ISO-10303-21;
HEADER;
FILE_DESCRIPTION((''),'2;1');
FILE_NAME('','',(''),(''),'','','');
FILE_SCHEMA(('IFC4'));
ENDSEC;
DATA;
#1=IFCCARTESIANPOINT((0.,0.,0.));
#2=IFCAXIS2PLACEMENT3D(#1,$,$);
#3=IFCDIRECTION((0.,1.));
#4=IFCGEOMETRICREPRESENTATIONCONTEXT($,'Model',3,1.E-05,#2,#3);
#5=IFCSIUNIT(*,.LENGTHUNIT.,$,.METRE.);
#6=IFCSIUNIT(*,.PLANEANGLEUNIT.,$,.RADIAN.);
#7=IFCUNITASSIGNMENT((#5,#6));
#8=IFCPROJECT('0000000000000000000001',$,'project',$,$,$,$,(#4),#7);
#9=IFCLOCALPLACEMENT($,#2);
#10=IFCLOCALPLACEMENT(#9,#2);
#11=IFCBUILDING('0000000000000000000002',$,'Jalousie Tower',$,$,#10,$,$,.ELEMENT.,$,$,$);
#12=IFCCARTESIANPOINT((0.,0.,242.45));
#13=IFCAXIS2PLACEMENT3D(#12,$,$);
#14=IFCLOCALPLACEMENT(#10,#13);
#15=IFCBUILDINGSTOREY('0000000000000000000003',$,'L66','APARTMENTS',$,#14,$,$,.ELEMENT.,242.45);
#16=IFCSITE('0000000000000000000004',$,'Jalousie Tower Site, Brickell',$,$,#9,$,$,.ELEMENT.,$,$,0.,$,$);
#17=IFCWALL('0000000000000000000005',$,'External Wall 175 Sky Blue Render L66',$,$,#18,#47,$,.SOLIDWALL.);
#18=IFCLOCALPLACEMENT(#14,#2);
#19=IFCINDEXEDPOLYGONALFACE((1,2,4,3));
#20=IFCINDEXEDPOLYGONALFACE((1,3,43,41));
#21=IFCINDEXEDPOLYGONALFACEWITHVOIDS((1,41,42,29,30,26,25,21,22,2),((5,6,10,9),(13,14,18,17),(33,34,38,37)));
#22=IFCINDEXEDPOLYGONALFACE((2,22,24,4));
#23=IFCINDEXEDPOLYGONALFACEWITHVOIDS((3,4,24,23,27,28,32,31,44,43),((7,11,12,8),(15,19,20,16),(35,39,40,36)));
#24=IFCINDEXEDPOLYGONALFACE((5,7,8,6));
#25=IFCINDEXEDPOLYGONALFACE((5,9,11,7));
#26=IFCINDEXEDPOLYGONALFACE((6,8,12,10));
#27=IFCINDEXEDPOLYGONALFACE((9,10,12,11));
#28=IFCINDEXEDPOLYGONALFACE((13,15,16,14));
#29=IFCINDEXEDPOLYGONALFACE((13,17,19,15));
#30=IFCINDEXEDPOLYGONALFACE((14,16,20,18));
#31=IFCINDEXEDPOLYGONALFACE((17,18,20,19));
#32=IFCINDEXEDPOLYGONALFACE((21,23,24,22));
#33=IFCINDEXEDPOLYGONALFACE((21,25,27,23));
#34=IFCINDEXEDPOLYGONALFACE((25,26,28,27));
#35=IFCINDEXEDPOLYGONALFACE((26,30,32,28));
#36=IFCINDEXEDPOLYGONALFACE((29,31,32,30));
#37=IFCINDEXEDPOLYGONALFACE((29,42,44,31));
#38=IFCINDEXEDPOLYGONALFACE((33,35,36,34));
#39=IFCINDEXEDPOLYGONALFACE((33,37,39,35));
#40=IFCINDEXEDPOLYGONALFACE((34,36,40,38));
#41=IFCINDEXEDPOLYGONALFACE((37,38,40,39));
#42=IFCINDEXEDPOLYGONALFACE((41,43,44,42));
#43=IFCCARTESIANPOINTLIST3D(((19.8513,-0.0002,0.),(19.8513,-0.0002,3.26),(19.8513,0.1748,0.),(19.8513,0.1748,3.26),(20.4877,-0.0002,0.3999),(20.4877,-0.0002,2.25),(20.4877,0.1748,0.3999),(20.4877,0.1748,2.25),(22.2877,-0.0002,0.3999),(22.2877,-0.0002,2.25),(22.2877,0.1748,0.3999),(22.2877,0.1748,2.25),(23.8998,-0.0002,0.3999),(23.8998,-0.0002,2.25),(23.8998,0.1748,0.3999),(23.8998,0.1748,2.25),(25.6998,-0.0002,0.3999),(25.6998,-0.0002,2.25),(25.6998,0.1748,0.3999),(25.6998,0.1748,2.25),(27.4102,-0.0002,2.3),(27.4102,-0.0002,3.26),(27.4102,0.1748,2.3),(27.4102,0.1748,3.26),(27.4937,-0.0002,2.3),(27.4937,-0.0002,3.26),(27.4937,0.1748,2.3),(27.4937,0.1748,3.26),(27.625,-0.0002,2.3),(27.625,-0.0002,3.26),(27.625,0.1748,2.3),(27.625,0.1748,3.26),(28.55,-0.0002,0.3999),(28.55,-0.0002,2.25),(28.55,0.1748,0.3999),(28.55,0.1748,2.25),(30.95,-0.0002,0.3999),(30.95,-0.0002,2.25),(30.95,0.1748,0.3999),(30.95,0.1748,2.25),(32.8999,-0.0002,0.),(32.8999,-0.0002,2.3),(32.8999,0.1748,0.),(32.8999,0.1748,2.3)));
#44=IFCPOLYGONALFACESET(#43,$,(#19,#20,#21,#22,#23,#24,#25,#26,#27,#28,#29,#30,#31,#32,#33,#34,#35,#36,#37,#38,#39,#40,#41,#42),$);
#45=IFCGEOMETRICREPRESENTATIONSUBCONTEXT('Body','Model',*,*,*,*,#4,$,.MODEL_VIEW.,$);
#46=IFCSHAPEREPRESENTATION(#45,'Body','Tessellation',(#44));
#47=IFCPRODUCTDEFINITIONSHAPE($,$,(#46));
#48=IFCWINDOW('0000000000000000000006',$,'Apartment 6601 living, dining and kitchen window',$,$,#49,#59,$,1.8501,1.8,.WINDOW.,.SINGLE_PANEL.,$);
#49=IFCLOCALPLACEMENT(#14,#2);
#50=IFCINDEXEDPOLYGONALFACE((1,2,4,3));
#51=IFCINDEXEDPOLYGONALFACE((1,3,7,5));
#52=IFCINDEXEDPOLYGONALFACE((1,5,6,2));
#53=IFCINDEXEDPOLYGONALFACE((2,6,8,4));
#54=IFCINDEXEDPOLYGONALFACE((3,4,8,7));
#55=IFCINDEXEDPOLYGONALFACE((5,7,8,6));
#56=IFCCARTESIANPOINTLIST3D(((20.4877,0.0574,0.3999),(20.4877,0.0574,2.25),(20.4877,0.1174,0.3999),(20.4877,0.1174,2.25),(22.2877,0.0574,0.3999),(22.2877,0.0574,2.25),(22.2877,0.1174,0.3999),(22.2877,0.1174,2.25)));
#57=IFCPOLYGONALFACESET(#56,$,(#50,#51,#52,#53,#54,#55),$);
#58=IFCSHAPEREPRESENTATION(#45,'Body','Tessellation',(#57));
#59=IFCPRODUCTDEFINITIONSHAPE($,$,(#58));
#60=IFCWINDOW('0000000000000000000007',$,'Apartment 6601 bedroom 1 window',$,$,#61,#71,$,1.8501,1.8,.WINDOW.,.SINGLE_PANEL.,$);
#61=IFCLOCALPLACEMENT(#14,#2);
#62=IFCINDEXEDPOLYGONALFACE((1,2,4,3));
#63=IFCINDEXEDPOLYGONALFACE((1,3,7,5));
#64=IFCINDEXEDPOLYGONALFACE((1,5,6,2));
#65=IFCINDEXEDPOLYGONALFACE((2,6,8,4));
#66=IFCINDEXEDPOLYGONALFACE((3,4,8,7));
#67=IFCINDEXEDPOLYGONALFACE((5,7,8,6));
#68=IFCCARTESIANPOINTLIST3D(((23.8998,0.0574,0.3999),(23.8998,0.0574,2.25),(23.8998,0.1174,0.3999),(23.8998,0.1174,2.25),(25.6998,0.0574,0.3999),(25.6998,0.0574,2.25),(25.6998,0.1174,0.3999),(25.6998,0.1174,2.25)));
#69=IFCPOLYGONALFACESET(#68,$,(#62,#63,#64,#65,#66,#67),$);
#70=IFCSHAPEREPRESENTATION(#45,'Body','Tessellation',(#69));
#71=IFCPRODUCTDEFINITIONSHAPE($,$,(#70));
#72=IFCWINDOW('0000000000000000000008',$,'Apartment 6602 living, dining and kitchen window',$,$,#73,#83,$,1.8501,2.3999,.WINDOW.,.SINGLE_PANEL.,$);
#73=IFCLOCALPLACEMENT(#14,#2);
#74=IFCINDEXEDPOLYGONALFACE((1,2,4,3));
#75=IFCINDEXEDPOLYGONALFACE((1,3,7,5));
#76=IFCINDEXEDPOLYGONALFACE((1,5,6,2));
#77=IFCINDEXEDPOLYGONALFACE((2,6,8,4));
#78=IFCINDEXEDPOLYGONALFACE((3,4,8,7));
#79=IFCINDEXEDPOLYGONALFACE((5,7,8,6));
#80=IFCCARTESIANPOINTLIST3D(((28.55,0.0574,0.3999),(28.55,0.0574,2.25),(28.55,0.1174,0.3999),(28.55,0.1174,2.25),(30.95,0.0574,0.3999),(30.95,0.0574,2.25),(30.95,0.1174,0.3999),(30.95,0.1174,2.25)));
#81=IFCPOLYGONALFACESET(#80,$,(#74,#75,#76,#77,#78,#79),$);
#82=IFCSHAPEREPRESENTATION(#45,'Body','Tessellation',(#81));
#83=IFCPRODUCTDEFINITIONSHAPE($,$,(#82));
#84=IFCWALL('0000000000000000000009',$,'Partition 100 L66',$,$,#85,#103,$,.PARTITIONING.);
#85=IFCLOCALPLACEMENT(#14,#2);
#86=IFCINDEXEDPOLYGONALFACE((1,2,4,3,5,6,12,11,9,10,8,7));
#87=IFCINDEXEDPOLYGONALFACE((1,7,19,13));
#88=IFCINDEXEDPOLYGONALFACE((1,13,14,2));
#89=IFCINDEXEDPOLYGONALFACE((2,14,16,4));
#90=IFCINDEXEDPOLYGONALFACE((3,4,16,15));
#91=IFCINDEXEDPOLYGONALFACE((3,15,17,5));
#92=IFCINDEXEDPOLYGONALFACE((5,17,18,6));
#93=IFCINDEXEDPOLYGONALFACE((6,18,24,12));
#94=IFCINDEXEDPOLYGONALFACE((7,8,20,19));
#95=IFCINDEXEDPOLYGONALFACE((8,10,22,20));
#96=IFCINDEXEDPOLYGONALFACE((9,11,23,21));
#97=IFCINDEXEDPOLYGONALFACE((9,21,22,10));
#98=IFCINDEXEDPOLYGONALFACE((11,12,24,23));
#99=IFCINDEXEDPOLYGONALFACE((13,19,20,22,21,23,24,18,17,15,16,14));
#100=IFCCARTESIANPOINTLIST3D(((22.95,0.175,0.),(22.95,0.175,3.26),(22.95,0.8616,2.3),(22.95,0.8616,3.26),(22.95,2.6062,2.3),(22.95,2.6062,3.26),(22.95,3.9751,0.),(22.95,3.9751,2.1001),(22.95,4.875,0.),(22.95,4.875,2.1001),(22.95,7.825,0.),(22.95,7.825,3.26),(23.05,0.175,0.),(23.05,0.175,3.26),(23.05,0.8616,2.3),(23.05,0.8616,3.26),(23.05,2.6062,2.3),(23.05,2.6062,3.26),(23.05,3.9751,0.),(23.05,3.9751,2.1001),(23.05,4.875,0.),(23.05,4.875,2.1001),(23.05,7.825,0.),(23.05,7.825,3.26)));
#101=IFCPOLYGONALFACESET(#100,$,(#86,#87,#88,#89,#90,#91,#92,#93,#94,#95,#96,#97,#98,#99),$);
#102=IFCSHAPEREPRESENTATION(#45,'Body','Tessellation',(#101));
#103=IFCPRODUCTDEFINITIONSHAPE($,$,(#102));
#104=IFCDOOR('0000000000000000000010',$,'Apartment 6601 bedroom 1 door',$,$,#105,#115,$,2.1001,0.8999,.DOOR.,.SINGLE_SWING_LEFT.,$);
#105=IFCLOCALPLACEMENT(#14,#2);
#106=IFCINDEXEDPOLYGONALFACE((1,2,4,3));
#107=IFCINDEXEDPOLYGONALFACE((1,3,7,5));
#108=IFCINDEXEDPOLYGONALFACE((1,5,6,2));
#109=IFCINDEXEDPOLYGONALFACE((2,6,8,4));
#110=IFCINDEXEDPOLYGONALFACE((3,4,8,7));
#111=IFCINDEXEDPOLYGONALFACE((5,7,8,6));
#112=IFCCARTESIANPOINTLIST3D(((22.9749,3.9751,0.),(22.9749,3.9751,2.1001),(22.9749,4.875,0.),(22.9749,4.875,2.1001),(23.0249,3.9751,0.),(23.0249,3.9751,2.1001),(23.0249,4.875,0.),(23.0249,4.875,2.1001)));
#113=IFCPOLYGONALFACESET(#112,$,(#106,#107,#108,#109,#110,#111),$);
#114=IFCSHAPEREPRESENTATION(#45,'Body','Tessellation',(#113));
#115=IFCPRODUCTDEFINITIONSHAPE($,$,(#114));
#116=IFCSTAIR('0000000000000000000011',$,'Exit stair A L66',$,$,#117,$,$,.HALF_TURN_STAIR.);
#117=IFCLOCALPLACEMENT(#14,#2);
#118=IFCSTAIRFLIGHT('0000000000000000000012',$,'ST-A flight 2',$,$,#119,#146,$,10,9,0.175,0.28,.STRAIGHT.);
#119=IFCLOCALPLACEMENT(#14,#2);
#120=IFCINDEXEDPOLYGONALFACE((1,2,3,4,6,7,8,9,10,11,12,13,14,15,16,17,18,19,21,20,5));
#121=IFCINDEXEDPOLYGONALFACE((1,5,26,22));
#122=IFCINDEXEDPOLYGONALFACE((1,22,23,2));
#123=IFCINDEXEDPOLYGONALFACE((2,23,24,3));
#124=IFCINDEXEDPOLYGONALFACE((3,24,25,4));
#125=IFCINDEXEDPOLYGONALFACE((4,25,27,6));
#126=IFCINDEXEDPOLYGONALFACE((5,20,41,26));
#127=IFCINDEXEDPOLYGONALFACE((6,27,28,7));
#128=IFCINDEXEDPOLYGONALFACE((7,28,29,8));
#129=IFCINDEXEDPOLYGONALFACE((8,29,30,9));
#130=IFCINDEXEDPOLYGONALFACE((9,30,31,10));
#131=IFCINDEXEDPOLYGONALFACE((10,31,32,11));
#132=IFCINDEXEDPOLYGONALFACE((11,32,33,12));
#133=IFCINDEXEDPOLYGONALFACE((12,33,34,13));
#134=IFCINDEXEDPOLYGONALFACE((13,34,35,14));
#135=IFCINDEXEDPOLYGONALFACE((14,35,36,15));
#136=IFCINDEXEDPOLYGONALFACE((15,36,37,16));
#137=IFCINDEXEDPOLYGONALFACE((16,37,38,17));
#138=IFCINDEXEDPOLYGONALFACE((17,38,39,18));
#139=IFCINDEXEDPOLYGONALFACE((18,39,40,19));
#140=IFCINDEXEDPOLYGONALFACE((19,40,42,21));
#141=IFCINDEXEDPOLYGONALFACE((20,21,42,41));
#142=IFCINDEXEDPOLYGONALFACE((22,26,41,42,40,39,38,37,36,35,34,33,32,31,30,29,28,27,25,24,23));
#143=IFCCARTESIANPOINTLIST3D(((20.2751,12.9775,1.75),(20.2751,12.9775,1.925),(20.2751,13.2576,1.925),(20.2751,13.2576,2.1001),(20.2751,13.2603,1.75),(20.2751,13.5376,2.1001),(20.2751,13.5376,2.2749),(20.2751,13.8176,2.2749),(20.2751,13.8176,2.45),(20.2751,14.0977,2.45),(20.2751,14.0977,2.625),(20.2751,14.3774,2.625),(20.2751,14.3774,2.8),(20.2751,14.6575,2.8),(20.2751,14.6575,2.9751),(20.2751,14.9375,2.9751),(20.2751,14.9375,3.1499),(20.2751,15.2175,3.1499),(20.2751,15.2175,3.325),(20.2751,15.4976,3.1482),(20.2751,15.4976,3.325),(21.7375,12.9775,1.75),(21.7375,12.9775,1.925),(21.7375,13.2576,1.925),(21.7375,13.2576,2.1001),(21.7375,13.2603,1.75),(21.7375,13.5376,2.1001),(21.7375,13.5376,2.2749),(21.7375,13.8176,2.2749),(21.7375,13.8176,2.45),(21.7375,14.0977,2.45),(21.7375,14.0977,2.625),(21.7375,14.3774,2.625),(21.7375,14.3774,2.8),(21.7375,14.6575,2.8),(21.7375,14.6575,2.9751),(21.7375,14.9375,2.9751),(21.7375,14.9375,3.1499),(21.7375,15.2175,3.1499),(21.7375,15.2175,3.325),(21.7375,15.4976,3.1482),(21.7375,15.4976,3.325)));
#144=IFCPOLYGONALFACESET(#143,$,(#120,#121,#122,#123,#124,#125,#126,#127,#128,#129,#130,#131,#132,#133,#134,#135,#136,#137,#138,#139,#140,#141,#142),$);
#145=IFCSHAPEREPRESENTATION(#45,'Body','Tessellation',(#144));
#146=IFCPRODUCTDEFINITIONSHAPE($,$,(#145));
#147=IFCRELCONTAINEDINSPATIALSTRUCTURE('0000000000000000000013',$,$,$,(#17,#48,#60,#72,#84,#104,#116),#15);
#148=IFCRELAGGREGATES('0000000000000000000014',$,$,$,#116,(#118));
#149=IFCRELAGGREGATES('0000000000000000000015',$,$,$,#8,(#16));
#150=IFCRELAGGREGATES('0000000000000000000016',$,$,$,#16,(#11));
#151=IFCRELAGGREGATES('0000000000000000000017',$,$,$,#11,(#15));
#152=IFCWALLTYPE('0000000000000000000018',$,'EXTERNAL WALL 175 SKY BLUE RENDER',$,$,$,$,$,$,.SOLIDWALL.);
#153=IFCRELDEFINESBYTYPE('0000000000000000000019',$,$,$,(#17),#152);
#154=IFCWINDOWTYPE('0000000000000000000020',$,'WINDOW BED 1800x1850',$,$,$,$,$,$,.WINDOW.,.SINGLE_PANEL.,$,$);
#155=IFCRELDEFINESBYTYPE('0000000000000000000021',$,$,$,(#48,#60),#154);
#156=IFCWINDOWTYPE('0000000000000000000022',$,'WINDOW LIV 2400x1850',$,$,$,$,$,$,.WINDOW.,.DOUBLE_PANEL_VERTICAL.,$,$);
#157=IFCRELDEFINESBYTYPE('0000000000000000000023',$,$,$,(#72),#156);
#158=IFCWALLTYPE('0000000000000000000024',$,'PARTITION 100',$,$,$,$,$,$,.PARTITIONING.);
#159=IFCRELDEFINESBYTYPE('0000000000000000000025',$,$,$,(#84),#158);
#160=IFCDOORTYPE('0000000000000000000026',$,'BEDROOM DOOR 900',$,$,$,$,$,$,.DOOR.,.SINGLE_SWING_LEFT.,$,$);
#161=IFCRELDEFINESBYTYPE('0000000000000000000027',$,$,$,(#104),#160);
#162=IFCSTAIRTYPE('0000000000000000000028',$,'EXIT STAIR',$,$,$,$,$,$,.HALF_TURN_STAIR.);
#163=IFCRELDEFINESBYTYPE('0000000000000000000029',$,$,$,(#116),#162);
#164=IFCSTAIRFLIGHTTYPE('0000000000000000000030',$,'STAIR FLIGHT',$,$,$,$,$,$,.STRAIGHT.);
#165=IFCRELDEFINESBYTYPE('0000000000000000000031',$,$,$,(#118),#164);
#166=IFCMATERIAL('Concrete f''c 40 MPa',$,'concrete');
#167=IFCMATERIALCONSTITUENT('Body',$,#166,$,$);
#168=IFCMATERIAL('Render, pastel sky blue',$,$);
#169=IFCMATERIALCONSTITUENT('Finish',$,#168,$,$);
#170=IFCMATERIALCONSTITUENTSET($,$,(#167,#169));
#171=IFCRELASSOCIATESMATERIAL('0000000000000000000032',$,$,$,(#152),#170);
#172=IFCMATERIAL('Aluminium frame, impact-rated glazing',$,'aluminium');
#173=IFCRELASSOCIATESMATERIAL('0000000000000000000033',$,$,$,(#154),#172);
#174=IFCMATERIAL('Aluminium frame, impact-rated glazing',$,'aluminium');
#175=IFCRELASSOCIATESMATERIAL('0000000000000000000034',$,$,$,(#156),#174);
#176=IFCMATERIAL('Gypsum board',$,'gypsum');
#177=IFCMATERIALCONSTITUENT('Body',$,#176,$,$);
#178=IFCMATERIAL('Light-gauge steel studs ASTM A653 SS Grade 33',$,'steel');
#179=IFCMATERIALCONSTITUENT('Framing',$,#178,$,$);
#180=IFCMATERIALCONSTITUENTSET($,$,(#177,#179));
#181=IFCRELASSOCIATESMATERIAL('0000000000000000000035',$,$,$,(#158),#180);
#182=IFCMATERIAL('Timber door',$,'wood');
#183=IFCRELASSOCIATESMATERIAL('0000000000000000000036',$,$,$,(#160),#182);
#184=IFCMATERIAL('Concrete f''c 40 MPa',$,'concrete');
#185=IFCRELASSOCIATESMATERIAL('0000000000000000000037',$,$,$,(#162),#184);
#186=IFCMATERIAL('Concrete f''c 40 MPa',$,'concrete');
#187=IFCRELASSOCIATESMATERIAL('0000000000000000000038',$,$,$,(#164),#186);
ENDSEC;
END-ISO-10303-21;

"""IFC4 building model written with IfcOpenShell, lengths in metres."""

from ifc_helpers import new_model, si_unit, direction, frame, frame_2d, origin, place, context, subcontext, project, spatial, polyline, rectangle, outline, extrude, material, constituent, constituent_set, type_object, element, fill, aggregate, save


model = new_model("IFC4")

# Units and contexts
model_context = context("Model", 3, precision=1e-05, world=origin(), true_north=direction((0.0, 1.0)))
body_context = subcontext(model_context, "Body", "Model", "MODEL_VIEW")
ifc_project = project(units=[si_unit("LENGTHUNIT", "METRE"), si_unit("PLANEANGLEUNIT", "RADIAN")], contexts=[model_context])

# Site, building, storey
site_placement = place(None, origin())
site = spatial("IfcSite", under=ifc_project, at=site_placement, Name="Jalousie Tower Site, Brickell", CompositionType="ELEMENT", RefElevation=0.0)
building_placement = place(site_placement, origin())
building = spatial("IfcBuilding", under=site, at=building_placement, Name="Jalousie Tower", CompositionType="ELEMENT")
storey_placement = place(building_placement, frame((0.0, 0.0, 242.45)))
storey = spatial("IfcBuildingStorey", under=building, at=storey_placement, Name="L66", Description="APARTMENTS", CompositionType="ELEMENT", Elevation=242.45)

# Wall, openings, windows
ifc_material_1 = material(Name="Concrete f'c 40 MPa", Category="concrete")
ifc_constituent_1 = constituent(ifc_material_1, Name="Body")
ifc_material_2 = material(Name="Render, pastel sky blue")
ifc_constituent_2 = constituent(ifc_material_2, Name="Finish")
ifc_constituent_set_1 = constituent_set(constituents=[ifc_constituent_1, ifc_constituent_2])
wall_type_1 = type_object("IfcWallType", Name="EXTERNAL WALL 175 SKY BLUE RENDER", PredefinedType="SOLIDWALL", material=ifc_constituent_set_1)
wall_1_placement = place(storey_placement, frame((19.8513, 0.0874, 0.0), z_axis=(0.0, 0.0, 1.0), x_axis=(1.0, 0.0, 0.0)))
wall_1 = element("IfcWall", 1, at=wall_1_placement, inside=storey, type_object=wall_type_1, Name="External Wall 175 Sky Blue Render L66", PredefinedType="SOLIDWALL", context=body_context, shape_type="SweptSolid", body=[
    extrude(outline(polyline([(0.0, 0.0), (13.0486, 0.0), (13.0486, 2.3), (7.7737, 2.3), (7.7737, 3.26), (7.6423, 3.26), (7.6423, 2.3), (7.5588, 2.3), (7.5588, 3.26), (0.0, 3.26), (0.0, 0.0)])), frame((0.0, 0.0874, 0.0), z_axis=(0.0, -1.0, 0.0), x_axis=(1.0, 0.0, 0.0)), (0.0, 0.0, 1.0), 0.175),
])
opening_1_placement = place(wall_1_placement, frame((0.6365, 0.0, 0.3999)))
opening_1 = element("IfcOpeningElement", 2, at=opening_1_placement, cuts=wall_1, PredefinedType="OPENING", context=body_context, shape_type="SweptSolid", body=[
    extrude(rectangle(XDim=1.8, YDim=1.8501, at=frame_2d((0.8999, 0.925))), frame((0.0, 0.0974, 0.0), z_axis=(0.0, -1.0, 0.0), x_axis=(1.0, 0.0, 0.0)), (0.0, 0.0, 1.0), 0.1951),
])
opening_2_placement = place(wall_1_placement, frame((4.0486, 0.0, 0.3999)))
opening_2 = element("IfcOpeningElement", 3, at=opening_2_placement, cuts=wall_1, PredefinedType="OPENING", context=body_context, shape_type="SweptSolid", body=[
    extrude(rectangle(XDim=1.8, YDim=1.8501, at=frame_2d((0.8999, 0.925))), frame((0.0, 0.0974, 0.0), z_axis=(0.0, -1.0, 0.0), x_axis=(1.0, 0.0, 0.0)), (0.0, 0.0, 1.0), 0.1951),
])
opening_3_placement = place(wall_1_placement, frame((8.6987, 0.0, 0.3999)))
opening_3 = element("IfcOpeningElement", 4, at=opening_3_placement, cuts=wall_1, PredefinedType="OPENING", context=body_context, shape_type="SweptSolid", body=[
    extrude(rectangle(XDim=2.3999, YDim=1.8501, at=frame_2d((1.2, 0.925))), frame((0.0, 0.0974, 0.0), z_axis=(0.0, -1.0, 0.0), x_axis=(1.0, 0.0, 0.0)), (0.0, 0.0, 1.0), 0.1951),
])
ifc_material_3 = material(Name="Aluminium frame, impact-rated glazing", Category="aluminium")
window_type_1 = type_object("IfcWindowType", Name="WINDOW BED 1800x1850", PartitioningType="SINGLE_PANEL", PredefinedType="WINDOW", material=ifc_material_3)
window_1_placement = place(opening_1_placement, origin())
window_1 = element("IfcWindow", 5, at=window_1_placement, inside=storey, type_object=window_type_1, Name="Apartment 6601 living, dining and kitchen window", OverallHeight=1.8501, OverallWidth=1.8, PartitioningType="SINGLE_PANEL", PredefinedType="WINDOW", context=body_context, shape_type="SweptSolid", body=[
    extrude(rectangle(XDim=1.8, YDim=1.8501, at=frame_2d((0.8999, 0.925))), frame((0.0, 0.03, 0.0), z_axis=(0.0, -1.0, 0.0), x_axis=(1.0, 0.0, 0.0)), (0.0, 0.0, 1.0), 0.0601),
])
fill(opening_1, window_1)
window_2_placement = place(opening_2_placement, origin())
window_2 = element("IfcWindow", 6, at=window_2_placement, inside=storey, type_object=window_type_1, Name="Apartment 6601 bedroom 1 window", OverallHeight=1.8501, OverallWidth=1.8, PartitioningType="SINGLE_PANEL", PredefinedType="WINDOW", context=body_context, shape_type="SweptSolid", body=[
    extrude(rectangle(XDim=1.8, YDim=1.8501, at=frame_2d((0.8999, 0.925))), frame((0.0, 0.03, 0.0), z_axis=(0.0, -1.0, 0.0), x_axis=(1.0, 0.0, 0.0)), (0.0, 0.0, 1.0), 0.0601),
])
fill(opening_2, window_2)
ifc_material_4 = material(Name="Aluminium frame, impact-rated glazing", Category="aluminium")
window_type_2 = type_object("IfcWindowType", Name="WINDOW LIV 2400x1850", PartitioningType="DOUBLE_PANEL_VERTICAL", PredefinedType="WINDOW", material=ifc_material_4)
window_3_placement = place(opening_3_placement, origin())
window_3 = element("IfcWindow", 7, at=window_3_placement, inside=storey, type_object=window_type_2, Name="Apartment 6602 living, dining and kitchen window", OverallHeight=1.8501, OverallWidth=2.3999, PartitioningType="SINGLE_PANEL", PredefinedType="WINDOW", context=body_context, shape_type="SweptSolid", body=[
    extrude(rectangle(XDim=2.3999, YDim=1.8501, at=frame_2d((1.2, 0.925))), frame((0.0, 0.03, 0.0), z_axis=(0.0, -1.0, 0.0), x_axis=(1.0, 0.0, 0.0)), (0.0, 0.0, 1.0), 0.0601),
])
fill(opening_3, window_3)

# Wall, opening, door
ifc_material_5 = material(Name="Gypsum board", Category="gypsum")
ifc_constituent_3 = constituent(ifc_material_5, Name="Body")
ifc_material_6 = material(Name="Light-gauge steel studs ASTM A653 SS Grade 33", Category="steel")
ifc_constituent_4 = constituent(ifc_material_6, Name="Framing")
ifc_constituent_set_2 = constituent_set(constituents=[ifc_constituent_3, ifc_constituent_4])
wall_type_2 = type_object("IfcWallType", Name="PARTITION 100", PredefinedType="PARTITIONING", material=ifc_constituent_set_2)
wall_2_placement = place(storey_placement, frame((23.0, 0.175, 0.0), z_axis=(0.0, 0.0, 1.0), x_axis=(0.0, 1.0, 0.0)))
wall_2 = element("IfcWall", 8, at=wall_2_placement, inside=storey, type_object=wall_type_2, Name="Partition 100 L66", PredefinedType="PARTITIONING", context=body_context, shape_type="SweptSolid", body=[
    extrude(outline(polyline([(0.0, 0.0), (7.6499, 0.0), (7.6499, 3.26), (2.4312, 3.26), (2.4312, 2.3), (0.6865, 2.3), (0.6865, 3.26), (0.0, 3.26), (0.0, 0.0)])), frame((0.0, 0.05, 0.0), z_axis=(0.0, -1.0, 0.0), x_axis=(1.0, 0.0, 0.0)), (0.0, 0.0, 1.0), 0.1001),
])
opening_4_placement = place(wall_2_placement, frame((3.8, 0.0, 0.0)))
opening_4 = element("IfcOpeningElement", 9, at=opening_4_placement, cuts=wall_2, PredefinedType="OPENING", context=body_context, shape_type="SweptSolid", body=[
    extrude(rectangle(XDim=0.8999, YDim=2.1001, at=frame_2d((0.45, 1.05))), frame((0.0, 0.0601, 0.0), z_axis=(0.0, -1.0, 0.0), x_axis=(1.0, 0.0, 0.0)), (0.0, 0.0, 1.0), 0.1201),
])
ifc_material_7 = material(Name="Timber door", Category="wood")
door_type_1 = type_object("IfcDoorType", Name="BEDROOM DOOR 900", OperationType="SINGLE_SWING_LEFT", PredefinedType="DOOR", material=ifc_material_7)
door_1_placement = place(opening_4_placement, frame((0.8999, 0.0, 0.0), z_axis=(0.0, 0.0, 1.0), x_axis=(-1.0, 0.0, 0.0)))
door_1 = element("IfcDoor", 10, at=door_1_placement, inside=storey, type_object=door_type_1, Name="Apartment 6601 bedroom 1 door", OperationType="SINGLE_SWING_LEFT", OverallHeight=2.1001, OverallWidth=0.8999, PredefinedType="DOOR", context=body_context, shape_type="SweptSolid", body=[
    extrude(rectangle(XDim=0.8999, YDim=2.1001, at=frame_2d((0.45, 1.05))), frame((0.0, 0.0249, 0.0), z_axis=(0.0, -1.0, 0.0), x_axis=(1.0, 0.0, 0.0)), (0.0, 0.0, 1.0), 0.05),
])
fill(opening_4, door_1)

# Stair, stair flight
ifc_material_8 = material(Name="Concrete f'c 40 MPa", Category="concrete")
stair_type = type_object("IfcStairType", Name="EXIT STAIR", PredefinedType="HALF_TURN_STAIR", material=ifc_material_8)
stair_placement = place(storey_placement, origin())
stair = element("IfcStair", 11, at=stair_placement, inside=storey, type_object=stair_type, Name="Exit stair A L66", PredefinedType="HALF_TURN_STAIR")
ifc_material_9 = material(Name="Concrete f'c 40 MPa", Category="concrete")
stair_flight_type = type_object("IfcStairFlightType", Name="STAIR FLIGHT", PredefinedType="STRAIGHT", material=ifc_material_9)
stair_flight_placement = place(storey_placement, frame((21.0063, 12.9775, 1.75), z_axis=(0.0, 0.0, 1.0), x_axis=(0.0, 1.0, 0.0)))
stair_flight = element("IfcStairFlight", 12, at=stair_flight_placement, type_object=stair_flight_type, Name="ST-A flight 2", NumberOfRisers=10, NumberOfTreads=9, PredefinedType="STRAIGHT", RiserHeight=0.175, TreadLength=0.28, context=body_context, shape_type="SweptSolid", body=[
    extrude(outline(polyline([(0.0, 0.0), (0.0, 0.175), (0.28, 0.175), (0.28, 0.3501), (0.5601, 0.3501), (0.5601, 0.5249), (0.8401, 0.5249), (0.8401, 0.7), (1.1201, 0.7), (1.1201, 0.875), (1.3999, 0.875), (1.3999, 1.05), (1.6799, 1.05), (1.6799, 1.2251), (1.96, 1.2251), (1.96, 1.3999), (2.24, 1.3999), (2.24, 1.575), (2.52, 1.575), (2.52, 1.75), (2.52, 1.3982), (0.2827, 0.0), (0.0, 0.0)])), frame((0.0, 0.7312, 0.0), z_axis=(0.0, -1.0, 0.0), x_axis=(1.0, 0.0, 0.0)), (0.0, 0.0, 1.0), 1.4624),
])
aggregate(stair, [stair_flight])

save(model, "model.ifc")
